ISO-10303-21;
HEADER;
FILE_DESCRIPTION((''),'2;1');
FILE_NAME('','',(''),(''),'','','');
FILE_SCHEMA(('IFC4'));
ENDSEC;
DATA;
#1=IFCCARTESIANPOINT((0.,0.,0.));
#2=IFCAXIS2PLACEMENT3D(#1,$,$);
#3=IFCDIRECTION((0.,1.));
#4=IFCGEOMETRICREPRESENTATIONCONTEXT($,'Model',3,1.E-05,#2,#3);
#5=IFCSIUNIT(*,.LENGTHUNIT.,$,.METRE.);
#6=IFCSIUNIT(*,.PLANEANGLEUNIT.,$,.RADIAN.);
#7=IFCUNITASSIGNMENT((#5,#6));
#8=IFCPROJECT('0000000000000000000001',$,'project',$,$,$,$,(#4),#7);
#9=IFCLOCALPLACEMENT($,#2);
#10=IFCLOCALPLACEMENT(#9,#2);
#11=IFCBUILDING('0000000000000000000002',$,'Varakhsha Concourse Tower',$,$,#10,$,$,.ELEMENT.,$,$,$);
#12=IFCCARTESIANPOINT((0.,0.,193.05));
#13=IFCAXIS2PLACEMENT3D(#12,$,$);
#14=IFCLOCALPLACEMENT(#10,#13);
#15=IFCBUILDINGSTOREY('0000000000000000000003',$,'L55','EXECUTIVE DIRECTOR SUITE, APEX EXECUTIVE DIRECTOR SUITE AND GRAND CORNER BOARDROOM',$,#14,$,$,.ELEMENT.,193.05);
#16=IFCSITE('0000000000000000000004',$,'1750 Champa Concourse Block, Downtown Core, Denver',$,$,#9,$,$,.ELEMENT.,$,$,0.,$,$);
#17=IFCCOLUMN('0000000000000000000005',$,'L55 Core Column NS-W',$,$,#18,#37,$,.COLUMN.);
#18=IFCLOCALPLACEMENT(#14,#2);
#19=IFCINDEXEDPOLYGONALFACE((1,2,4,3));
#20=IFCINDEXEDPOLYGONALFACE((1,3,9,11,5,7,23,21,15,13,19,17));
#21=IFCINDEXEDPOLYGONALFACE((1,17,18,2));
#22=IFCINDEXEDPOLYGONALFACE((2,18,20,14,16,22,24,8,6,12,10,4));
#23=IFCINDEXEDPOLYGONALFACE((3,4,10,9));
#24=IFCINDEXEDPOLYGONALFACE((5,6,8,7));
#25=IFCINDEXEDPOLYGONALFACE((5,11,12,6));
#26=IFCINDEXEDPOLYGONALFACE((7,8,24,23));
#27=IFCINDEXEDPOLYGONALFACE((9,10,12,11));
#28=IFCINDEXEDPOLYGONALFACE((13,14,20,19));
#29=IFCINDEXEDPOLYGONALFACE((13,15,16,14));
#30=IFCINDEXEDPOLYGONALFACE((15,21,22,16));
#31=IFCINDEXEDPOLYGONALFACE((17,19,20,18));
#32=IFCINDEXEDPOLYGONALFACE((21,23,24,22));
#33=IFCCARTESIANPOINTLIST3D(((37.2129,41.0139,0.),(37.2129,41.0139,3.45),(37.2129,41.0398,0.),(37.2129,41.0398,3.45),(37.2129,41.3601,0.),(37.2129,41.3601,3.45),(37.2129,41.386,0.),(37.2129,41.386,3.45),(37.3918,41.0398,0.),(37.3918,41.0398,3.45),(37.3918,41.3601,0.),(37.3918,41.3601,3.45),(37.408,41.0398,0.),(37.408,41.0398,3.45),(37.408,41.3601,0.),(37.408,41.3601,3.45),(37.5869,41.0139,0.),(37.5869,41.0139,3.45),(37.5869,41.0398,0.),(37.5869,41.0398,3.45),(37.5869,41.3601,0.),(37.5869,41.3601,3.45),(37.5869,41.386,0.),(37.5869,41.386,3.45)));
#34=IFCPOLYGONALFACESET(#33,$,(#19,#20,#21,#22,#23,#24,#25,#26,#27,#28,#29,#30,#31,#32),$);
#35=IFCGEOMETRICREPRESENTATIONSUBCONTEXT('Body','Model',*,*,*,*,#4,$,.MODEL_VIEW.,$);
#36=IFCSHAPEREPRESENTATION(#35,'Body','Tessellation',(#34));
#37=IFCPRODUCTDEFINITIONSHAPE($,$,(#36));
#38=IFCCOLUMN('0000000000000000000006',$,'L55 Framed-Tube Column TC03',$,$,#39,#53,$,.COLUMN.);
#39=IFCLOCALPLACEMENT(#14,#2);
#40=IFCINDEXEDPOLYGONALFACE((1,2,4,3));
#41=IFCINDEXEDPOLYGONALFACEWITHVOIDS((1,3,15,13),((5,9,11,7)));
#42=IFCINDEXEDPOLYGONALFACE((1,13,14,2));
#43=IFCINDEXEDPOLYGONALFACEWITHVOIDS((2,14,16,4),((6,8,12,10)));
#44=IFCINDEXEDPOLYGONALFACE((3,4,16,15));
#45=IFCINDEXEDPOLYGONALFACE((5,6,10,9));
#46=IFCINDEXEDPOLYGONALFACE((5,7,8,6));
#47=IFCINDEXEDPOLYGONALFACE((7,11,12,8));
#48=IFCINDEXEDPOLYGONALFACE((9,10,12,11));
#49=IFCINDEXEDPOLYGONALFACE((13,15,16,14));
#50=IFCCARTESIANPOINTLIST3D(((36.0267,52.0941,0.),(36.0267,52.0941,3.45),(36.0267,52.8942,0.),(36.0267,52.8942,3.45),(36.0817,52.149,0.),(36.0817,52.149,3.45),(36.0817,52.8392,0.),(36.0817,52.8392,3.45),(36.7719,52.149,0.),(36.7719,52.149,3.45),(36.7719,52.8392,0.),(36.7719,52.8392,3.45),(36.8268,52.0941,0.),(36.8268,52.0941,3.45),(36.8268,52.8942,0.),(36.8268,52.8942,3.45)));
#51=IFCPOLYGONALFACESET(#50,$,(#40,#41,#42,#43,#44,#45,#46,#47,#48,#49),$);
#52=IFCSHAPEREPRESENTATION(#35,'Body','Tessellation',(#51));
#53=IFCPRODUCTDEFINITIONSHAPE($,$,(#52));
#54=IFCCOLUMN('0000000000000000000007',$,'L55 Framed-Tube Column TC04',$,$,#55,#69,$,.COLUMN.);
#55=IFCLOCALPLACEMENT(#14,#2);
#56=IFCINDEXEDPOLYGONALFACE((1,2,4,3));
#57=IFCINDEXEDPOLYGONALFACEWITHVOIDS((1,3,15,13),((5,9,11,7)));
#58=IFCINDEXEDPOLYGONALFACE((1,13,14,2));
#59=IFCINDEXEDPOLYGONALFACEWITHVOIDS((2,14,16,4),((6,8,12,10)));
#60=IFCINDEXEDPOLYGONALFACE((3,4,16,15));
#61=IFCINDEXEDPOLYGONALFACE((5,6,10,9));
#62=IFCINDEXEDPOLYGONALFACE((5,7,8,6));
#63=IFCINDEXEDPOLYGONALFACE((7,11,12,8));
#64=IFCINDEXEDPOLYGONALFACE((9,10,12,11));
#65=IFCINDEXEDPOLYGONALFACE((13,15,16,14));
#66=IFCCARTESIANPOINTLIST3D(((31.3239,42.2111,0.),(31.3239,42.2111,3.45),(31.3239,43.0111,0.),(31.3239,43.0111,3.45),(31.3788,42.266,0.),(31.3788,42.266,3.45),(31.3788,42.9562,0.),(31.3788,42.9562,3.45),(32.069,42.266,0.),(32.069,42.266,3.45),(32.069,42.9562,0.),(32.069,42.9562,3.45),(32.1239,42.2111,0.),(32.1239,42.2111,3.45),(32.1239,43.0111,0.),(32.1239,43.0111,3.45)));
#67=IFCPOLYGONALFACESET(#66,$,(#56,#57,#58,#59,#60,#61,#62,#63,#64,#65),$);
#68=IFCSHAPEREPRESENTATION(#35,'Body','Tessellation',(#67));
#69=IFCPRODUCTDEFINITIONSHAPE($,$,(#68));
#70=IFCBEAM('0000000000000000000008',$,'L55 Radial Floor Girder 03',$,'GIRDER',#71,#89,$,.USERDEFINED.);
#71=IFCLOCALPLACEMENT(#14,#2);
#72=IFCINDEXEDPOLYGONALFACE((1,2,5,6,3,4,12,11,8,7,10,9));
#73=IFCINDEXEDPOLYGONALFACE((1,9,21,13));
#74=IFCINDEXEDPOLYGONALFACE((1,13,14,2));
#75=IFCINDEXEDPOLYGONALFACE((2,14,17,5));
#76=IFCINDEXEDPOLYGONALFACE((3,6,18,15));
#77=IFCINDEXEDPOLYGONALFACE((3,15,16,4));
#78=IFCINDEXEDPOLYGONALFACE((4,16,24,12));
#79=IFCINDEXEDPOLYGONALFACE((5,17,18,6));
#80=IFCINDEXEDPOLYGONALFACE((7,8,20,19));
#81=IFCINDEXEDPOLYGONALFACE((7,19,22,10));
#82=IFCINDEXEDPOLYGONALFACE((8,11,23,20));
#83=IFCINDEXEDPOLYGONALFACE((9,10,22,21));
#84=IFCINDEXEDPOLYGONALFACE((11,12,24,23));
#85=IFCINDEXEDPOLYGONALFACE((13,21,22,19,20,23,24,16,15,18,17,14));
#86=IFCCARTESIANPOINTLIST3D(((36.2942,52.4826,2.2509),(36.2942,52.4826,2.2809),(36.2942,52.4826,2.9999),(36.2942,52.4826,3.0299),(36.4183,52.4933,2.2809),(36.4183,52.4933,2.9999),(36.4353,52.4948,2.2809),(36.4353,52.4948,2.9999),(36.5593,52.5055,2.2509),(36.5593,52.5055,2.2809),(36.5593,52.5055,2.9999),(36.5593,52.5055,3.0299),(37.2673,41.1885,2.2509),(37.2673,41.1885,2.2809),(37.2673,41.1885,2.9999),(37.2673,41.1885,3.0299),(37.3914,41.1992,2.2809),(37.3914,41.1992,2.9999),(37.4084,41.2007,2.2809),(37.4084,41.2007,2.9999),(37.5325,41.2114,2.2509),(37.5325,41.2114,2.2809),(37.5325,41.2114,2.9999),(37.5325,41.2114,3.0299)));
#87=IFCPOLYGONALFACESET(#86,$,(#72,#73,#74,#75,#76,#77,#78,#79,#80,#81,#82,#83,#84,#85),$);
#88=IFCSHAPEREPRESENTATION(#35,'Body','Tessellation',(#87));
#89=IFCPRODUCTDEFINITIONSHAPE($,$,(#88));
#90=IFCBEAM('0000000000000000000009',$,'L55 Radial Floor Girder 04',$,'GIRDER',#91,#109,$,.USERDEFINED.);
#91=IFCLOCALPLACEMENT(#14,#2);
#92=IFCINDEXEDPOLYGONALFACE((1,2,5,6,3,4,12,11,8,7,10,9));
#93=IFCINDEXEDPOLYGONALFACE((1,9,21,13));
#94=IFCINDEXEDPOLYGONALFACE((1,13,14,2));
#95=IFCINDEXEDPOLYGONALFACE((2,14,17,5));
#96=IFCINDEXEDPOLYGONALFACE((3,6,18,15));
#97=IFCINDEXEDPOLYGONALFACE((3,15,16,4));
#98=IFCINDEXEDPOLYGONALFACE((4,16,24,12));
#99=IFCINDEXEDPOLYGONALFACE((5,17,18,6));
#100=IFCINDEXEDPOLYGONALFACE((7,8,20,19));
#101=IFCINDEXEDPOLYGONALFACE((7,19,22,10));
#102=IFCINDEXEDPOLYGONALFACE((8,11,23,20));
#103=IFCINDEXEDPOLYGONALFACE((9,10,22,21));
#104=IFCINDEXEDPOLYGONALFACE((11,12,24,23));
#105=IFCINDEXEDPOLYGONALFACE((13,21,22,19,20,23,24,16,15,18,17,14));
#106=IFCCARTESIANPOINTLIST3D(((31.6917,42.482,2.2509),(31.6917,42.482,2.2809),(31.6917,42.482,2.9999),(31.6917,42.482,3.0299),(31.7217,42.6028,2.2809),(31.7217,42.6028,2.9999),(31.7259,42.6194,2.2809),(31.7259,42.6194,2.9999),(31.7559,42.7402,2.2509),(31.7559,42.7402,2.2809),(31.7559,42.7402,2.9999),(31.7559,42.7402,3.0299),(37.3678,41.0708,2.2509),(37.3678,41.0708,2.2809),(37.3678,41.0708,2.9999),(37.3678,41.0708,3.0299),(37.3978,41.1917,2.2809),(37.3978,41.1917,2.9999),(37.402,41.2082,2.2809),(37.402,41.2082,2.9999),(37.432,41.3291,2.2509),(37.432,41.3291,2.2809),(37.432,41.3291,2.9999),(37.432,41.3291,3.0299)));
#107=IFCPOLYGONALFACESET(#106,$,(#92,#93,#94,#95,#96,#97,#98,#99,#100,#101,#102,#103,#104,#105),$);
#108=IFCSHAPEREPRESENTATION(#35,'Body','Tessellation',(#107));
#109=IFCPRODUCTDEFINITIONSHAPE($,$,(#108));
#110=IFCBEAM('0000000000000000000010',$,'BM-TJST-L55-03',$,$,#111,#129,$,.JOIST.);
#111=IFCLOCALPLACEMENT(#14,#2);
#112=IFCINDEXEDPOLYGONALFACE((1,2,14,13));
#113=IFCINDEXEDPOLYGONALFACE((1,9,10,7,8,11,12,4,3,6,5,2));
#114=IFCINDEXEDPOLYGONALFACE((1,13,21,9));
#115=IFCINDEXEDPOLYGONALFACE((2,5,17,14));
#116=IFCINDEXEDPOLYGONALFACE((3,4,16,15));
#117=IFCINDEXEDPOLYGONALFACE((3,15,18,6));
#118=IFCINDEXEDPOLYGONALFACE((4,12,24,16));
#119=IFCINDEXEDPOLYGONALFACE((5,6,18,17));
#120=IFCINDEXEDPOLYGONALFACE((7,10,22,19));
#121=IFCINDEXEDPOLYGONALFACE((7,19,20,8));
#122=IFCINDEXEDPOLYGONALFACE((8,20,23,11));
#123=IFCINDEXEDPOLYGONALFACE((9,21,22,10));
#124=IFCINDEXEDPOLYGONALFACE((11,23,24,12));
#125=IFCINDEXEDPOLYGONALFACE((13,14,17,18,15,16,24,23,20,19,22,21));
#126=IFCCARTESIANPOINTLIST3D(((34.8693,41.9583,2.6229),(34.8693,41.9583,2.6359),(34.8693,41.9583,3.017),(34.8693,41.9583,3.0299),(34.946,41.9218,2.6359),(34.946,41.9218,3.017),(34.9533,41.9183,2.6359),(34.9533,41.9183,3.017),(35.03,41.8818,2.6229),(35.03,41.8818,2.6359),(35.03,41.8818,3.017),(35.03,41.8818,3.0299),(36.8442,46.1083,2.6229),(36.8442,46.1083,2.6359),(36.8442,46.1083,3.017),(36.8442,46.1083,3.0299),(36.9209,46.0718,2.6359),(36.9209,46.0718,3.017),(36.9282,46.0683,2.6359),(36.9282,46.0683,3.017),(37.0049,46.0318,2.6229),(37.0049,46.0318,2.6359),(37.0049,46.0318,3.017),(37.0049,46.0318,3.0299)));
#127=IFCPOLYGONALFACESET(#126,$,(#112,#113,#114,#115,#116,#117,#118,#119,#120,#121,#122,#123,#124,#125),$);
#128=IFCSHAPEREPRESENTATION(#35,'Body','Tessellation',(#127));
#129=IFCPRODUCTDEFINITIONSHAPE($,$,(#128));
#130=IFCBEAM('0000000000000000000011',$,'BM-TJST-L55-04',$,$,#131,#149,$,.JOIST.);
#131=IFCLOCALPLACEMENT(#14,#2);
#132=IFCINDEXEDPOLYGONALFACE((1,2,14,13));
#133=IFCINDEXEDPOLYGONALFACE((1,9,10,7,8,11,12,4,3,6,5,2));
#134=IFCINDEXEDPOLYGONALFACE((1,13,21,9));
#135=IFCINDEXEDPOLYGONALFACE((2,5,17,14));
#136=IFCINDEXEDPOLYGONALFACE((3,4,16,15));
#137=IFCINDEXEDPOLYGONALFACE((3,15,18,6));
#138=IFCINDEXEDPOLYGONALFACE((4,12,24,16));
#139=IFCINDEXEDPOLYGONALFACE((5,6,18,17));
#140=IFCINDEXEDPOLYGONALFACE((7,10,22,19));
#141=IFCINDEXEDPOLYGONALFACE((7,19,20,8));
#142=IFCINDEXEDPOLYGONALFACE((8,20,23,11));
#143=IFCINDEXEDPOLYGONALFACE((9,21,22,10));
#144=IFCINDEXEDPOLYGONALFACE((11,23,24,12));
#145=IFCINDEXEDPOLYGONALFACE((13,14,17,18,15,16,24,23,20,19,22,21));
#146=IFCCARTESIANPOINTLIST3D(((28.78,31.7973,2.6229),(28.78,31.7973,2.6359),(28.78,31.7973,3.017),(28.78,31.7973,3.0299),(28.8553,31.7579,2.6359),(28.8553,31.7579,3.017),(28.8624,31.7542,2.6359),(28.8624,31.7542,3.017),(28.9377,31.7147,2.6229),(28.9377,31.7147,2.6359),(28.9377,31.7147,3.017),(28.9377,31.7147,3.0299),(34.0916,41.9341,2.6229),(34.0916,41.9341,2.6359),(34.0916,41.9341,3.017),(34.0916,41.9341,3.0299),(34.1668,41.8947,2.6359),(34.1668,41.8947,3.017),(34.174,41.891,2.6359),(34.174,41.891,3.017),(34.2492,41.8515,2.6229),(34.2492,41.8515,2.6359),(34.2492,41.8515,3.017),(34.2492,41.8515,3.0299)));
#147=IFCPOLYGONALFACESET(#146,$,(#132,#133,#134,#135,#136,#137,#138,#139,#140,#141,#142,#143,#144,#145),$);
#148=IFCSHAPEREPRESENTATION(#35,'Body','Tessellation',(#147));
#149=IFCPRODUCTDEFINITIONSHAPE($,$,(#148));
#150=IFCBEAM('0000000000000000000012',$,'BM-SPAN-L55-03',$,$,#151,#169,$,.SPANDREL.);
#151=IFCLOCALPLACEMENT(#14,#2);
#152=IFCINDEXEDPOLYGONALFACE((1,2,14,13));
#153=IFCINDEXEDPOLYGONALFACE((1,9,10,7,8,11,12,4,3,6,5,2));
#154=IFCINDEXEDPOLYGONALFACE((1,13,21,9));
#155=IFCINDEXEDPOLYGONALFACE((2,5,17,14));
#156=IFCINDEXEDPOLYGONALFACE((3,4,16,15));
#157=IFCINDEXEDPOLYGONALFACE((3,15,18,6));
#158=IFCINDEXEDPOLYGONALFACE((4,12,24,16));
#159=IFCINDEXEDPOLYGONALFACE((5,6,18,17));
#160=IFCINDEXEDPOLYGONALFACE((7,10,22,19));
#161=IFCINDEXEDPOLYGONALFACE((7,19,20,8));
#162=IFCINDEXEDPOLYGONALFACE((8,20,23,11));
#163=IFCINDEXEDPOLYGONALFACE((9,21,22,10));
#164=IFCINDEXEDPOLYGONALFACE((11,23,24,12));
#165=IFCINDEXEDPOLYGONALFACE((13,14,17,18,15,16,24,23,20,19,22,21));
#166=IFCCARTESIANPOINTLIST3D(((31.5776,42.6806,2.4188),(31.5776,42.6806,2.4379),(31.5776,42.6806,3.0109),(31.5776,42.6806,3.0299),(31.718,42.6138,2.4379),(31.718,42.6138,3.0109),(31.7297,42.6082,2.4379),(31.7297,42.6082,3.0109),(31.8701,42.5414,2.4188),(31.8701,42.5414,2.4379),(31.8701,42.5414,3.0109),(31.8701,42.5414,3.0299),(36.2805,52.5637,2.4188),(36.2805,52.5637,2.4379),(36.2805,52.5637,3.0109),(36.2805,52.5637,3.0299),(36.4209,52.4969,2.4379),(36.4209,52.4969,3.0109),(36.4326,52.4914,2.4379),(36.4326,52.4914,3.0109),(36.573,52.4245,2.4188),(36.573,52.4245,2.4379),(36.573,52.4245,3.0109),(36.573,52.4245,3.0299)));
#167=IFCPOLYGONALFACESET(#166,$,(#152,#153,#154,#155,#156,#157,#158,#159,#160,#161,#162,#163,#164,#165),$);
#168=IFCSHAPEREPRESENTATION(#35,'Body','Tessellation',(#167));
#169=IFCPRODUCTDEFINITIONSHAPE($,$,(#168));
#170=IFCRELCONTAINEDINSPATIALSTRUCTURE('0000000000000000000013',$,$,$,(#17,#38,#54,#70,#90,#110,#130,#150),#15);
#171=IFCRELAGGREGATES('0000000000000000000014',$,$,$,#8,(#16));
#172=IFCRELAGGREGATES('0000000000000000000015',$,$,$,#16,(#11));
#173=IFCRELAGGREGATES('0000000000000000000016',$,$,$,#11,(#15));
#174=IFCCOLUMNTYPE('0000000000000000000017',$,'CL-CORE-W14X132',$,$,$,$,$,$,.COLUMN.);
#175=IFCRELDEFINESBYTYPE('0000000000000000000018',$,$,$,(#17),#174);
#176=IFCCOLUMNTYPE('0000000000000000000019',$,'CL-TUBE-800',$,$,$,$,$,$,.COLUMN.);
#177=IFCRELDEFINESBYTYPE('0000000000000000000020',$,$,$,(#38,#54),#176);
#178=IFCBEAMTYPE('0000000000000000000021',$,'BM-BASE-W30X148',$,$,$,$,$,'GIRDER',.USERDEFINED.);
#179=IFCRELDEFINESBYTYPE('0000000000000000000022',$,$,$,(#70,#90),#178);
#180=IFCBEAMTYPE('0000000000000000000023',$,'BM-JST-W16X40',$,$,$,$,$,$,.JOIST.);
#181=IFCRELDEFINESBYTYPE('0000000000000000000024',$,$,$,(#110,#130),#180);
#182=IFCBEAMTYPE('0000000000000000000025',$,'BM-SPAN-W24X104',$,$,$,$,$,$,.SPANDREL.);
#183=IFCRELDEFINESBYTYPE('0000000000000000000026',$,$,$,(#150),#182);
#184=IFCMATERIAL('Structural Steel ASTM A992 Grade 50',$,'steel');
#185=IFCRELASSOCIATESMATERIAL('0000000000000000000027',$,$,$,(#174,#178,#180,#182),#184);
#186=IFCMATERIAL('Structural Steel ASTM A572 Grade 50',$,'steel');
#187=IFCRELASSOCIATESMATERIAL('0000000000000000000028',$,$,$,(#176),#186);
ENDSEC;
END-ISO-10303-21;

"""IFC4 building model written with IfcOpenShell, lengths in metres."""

from ifc_helpers import new_model, si_unit, direction, frame, origin, origin_2d, place, context, subcontext, project, spatial, hollow_rectangle, i_section, extrude, material, material_profile, profile_set, type_object, element, save


model = new_model("IFC4")

# Units and contexts
model_context = context("Model", 3, precision=1e-05, world=origin(), true_north=direction((0.0, 1.0)))
body_context = subcontext(model_context, "Body", "Model", "MODEL_VIEW")
ifc_project = project(units=[si_unit("LENGTHUNIT", "METRE"), si_unit("PLANEANGLEUNIT", "RADIAN")], contexts=[model_context])

# Site, building, storey
site_placement = place(None, origin())
site = spatial("IfcSite", under=ifc_project, at=site_placement, Name="1750 Champa Concourse Block, Downtown Core, Denver", CompositionType="ELEMENT", RefElevation=0.0)
building_placement = place(site_placement, origin())
building = spatial("IfcBuilding", under=site, at=building_placement, Name="Varakhsha Concourse Tower", CompositionType="ELEMENT")
storey_placement = place(building_placement, frame((0.0, 0.0, 193.05)))
storey = spatial("IfcBuildingStorey", under=building, at=storey_placement, Name="L55", Description="EXECUTIVE DIRECTOR SUITE, APEX EXECUTIVE DIRECTOR SUITE AND GRAND CORNER BOARDROOM", CompositionType="ELEMENT", Elevation=193.05)

# Columns
ifc_material_1 = material(Name="Structural Steel ASTM A992 Grade 50", Category="steel")
ifc_material_profile_1 = material_profile(ifc_material_1, i_section(OverallWidth=0.374, OverallDepth=0.3721, WebThickness=0.0161, FlangeThickness=0.0259, at=origin_2d()), Name="W14X132")
ifc_profile_set_1 = profile_set([ifc_material_profile_1], Name="Structural Steel ASTM A992 Grade 50")
column_type_1 = type_object("IfcColumnType", Name="CL-CORE-W14X132", PredefinedType="COLUMN", material=ifc_profile_set_1)
column_placement = place(storey_placement, frame((37.3999, 41.2, 0.0), z_axis=(0.0, 0.0, 1.0), x_axis=(1.0, 0.0, 0.0)))
element("IfcColumn", 1, at=column_placement, inside=storey, type_object=column_type_1, Name="L55 Core Column NS-W", PredefinedType="COLUMN", context=body_context, shape_type="SweptSolid", body=[
    extrude(i_section(OverallWidth=0.374, OverallDepth=0.3721, WebThickness=0.0161, FlangeThickness=0.0259, at=origin_2d()), origin(), (0.0, 0.0, 1.0), 3.45),
])
ifc_material_2 = material(Name="Structural Steel ASTM A572 Grade 50", Category="steel")
ifc_material_profile_2 = material_profile(ifc_material_2, hollow_rectangle(XDim=0.8, YDim=0.8, WallThickness=0.0549, at=origin_2d()), Name="BOX 800x800x55")
ifc_profile_set_2 = profile_set([ifc_material_profile_2], Name="Structural Steel ASTM A572 Grade 50")
column_type_2 = type_object("IfcColumnType", Name="CL-TUBE-800", PredefinedType="COLUMN", material=ifc_profile_set_2)
for number, where, z_axis, x_axis, name in (
    (2, (36.4268, 52.4941, 0.0), (0.0, 0.0, 1.0), (1.0, 0.0, 0.0), "L55 Framed-Tube Column TC03"),
    (3, (31.7239, 42.6111, 0.0), (0.0, 0.0, 1.0), (1.0, 0.0, 0.0), "L55 Framed-Tube Column TC04"),
):
    element("IfcColumn", number, at=place(storey_placement, frame(where, z_axis=z_axis, x_axis=x_axis)), inside=storey, type_object=column_type_2, Name=name, PredefinedType="COLUMN", context=body_context, shape_type="SweptSolid", body=[
        extrude(hollow_rectangle(XDim=0.8, YDim=0.8, WallThickness=0.0549, at=origin_2d()), origin(), (0.0, 0.0, 1.0), 3.45),
    ])

# Beams
ifc_material_profile_3 = material_profile(ifc_material_1, i_section(OverallWidth=0.2661, OverallDepth=0.7791, WebThickness=0.0171, FlangeThickness=0.03, at=origin_2d()), Name="W30X148")
ifc_profile_set_3 = profile_set([ifc_material_profile_3], Name="Structural Steel ASTM A992 Grade 50")
beam_type_1 = type_object("IfcBeamType", Name="BM-BASE-W30X148", ElementType="GIRDER", PredefinedType="USERDEFINED", material=ifc_profile_set_3)
beam_1_placement = place(storey_placement, frame((37.3999, 41.2, 2.6404), z_axis=(-0.085845, 0.996308, 0.0), x_axis=(-0.996308, -0.085845, 0.0)))
element("IfcBeam", 4, at=beam_1_placement, inside=storey, type_object=beam_type_1, Name="L55 Radial Floor Girder 03", ObjectType="GIRDER", PredefinedType="USERDEFINED", context=body_context, shape_type="SweptSolid", body=[
    extrude(i_section(OverallWidth=0.2661, OverallDepth=0.7791, WebThickness=0.0171, FlangeThickness=0.03, at=origin_2d()), origin(), (0.0, 0.0, 1.0), 11.3359),
])
beam_2_placement = place(storey_placement, frame((37.3999, 41.2, 2.6404), z_axis=(-0.970458, 0.241268, 0.0), x_axis=(-0.241268, -0.970458, 0.0)))
element("IfcBeam", 5, at=beam_2_placement, inside=storey, type_object=beam_type_1, Name="L55 Radial Floor Girder 04", ObjectType="GIRDER", PredefinedType="USERDEFINED", context=body_context, shape_type="SweptSolid", body=[
    extrude(i_section(OverallWidth=0.2661, OverallDepth=0.7791, WebThickness=0.0171, FlangeThickness=0.03, at=origin_2d()), origin(), (0.0, 0.0, 1.0), 5.8489),
])
ifc_material_profile_4 = material_profile(ifc_material_1, i_section(OverallWidth=0.178, OverallDepth=0.407, WebThickness=0.0081, FlangeThickness=0.0129, at=origin_2d()), Name="W16X40")
ifc_profile_set_4 = profile_set([ifc_material_profile_4], Name="Structural Steel ASTM A992 Grade 50")
beam_type_2 = type_object("IfcBeamType", Name="BM-JST-W16X40", PredefinedType="JOIST", material=ifc_profile_set_4)
beam_3_placement = place(storey_placement, frame((36.9246, 46.0701, 2.8264), z_axis=(-0.429705, -0.902969, 0.0), x_axis=(0.902969, -0.429705, 0.0)))
element("IfcBeam", 6, at=beam_3_placement, inside=storey, type_object=beam_type_2, Name="BM-TJST-L55-03", PredefinedType="JOIST", context=body_context, shape_type="SweptSolid", body=[
    extrude(i_section(OverallWidth=0.178, OverallDepth=0.407, WebThickness=0.0081, FlangeThickness=0.0129, at=origin_2d()), origin(), (0.0, 0.0, 1.0), 4.5959),
])
beam_4_placement = place(storey_placement, frame((34.1704, 41.8928, 2.8264), z_axis=(-0.464131, -0.885766, 0.0), x_axis=(0.885766, -0.464131, 0.0)))
element("IfcBeam", 7, at=beam_4_placement, inside=storey, type_object=beam_type_2, Name="BM-TJST-L55-04", PredefinedType="JOIST", context=body_context, shape_type="SweptSolid", body=[
    extrude(i_section(OverallWidth=0.178, OverallDepth=0.407, WebThickness=0.0081, FlangeThickness=0.0129, at=origin_2d()), origin(), (0.0, 0.0, 1.0), 11.4441),
])
ifc_material_profile_5 = material_profile(ifc_material_1, i_section(OverallWidth=0.324, OverallDepth=0.6111, WebThickness=0.0129, FlangeThickness=0.019, at=origin_2d()), Name="W24X104")
ifc_profile_set_5 = profile_set([ifc_material_profile_5], Name="Structural Steel ASTM A992 Grade 50")
beam_type_3 = type_object("IfcBeamType", Name="BM-SPAN-W24X104", PredefinedType="SPANDREL", material=ifc_profile_set_5)
beam_5_placement = place(storey_placement, frame((36.4268, 52.4941, 2.7244), z_axis=(-0.429685, -0.902979, 0.0), x_axis=(0.902979, -0.429685, 0.0)))
element("IfcBeam", 8, at=beam_5_placement, inside=storey, type_object=beam_type_3, Name="BM-SPAN-L55-03", PredefinedType="SPANDREL", context=body_context, shape_type="SweptSolid", body=[
    extrude(i_section(OverallWidth=0.324, OverallDepth=0.6111, WebThickness=0.0129, FlangeThickness=0.019, at=origin_2d()), origin(), (0.0, 0.0, 1.0), 10.9451),
])

save(model, "model.ifc")
